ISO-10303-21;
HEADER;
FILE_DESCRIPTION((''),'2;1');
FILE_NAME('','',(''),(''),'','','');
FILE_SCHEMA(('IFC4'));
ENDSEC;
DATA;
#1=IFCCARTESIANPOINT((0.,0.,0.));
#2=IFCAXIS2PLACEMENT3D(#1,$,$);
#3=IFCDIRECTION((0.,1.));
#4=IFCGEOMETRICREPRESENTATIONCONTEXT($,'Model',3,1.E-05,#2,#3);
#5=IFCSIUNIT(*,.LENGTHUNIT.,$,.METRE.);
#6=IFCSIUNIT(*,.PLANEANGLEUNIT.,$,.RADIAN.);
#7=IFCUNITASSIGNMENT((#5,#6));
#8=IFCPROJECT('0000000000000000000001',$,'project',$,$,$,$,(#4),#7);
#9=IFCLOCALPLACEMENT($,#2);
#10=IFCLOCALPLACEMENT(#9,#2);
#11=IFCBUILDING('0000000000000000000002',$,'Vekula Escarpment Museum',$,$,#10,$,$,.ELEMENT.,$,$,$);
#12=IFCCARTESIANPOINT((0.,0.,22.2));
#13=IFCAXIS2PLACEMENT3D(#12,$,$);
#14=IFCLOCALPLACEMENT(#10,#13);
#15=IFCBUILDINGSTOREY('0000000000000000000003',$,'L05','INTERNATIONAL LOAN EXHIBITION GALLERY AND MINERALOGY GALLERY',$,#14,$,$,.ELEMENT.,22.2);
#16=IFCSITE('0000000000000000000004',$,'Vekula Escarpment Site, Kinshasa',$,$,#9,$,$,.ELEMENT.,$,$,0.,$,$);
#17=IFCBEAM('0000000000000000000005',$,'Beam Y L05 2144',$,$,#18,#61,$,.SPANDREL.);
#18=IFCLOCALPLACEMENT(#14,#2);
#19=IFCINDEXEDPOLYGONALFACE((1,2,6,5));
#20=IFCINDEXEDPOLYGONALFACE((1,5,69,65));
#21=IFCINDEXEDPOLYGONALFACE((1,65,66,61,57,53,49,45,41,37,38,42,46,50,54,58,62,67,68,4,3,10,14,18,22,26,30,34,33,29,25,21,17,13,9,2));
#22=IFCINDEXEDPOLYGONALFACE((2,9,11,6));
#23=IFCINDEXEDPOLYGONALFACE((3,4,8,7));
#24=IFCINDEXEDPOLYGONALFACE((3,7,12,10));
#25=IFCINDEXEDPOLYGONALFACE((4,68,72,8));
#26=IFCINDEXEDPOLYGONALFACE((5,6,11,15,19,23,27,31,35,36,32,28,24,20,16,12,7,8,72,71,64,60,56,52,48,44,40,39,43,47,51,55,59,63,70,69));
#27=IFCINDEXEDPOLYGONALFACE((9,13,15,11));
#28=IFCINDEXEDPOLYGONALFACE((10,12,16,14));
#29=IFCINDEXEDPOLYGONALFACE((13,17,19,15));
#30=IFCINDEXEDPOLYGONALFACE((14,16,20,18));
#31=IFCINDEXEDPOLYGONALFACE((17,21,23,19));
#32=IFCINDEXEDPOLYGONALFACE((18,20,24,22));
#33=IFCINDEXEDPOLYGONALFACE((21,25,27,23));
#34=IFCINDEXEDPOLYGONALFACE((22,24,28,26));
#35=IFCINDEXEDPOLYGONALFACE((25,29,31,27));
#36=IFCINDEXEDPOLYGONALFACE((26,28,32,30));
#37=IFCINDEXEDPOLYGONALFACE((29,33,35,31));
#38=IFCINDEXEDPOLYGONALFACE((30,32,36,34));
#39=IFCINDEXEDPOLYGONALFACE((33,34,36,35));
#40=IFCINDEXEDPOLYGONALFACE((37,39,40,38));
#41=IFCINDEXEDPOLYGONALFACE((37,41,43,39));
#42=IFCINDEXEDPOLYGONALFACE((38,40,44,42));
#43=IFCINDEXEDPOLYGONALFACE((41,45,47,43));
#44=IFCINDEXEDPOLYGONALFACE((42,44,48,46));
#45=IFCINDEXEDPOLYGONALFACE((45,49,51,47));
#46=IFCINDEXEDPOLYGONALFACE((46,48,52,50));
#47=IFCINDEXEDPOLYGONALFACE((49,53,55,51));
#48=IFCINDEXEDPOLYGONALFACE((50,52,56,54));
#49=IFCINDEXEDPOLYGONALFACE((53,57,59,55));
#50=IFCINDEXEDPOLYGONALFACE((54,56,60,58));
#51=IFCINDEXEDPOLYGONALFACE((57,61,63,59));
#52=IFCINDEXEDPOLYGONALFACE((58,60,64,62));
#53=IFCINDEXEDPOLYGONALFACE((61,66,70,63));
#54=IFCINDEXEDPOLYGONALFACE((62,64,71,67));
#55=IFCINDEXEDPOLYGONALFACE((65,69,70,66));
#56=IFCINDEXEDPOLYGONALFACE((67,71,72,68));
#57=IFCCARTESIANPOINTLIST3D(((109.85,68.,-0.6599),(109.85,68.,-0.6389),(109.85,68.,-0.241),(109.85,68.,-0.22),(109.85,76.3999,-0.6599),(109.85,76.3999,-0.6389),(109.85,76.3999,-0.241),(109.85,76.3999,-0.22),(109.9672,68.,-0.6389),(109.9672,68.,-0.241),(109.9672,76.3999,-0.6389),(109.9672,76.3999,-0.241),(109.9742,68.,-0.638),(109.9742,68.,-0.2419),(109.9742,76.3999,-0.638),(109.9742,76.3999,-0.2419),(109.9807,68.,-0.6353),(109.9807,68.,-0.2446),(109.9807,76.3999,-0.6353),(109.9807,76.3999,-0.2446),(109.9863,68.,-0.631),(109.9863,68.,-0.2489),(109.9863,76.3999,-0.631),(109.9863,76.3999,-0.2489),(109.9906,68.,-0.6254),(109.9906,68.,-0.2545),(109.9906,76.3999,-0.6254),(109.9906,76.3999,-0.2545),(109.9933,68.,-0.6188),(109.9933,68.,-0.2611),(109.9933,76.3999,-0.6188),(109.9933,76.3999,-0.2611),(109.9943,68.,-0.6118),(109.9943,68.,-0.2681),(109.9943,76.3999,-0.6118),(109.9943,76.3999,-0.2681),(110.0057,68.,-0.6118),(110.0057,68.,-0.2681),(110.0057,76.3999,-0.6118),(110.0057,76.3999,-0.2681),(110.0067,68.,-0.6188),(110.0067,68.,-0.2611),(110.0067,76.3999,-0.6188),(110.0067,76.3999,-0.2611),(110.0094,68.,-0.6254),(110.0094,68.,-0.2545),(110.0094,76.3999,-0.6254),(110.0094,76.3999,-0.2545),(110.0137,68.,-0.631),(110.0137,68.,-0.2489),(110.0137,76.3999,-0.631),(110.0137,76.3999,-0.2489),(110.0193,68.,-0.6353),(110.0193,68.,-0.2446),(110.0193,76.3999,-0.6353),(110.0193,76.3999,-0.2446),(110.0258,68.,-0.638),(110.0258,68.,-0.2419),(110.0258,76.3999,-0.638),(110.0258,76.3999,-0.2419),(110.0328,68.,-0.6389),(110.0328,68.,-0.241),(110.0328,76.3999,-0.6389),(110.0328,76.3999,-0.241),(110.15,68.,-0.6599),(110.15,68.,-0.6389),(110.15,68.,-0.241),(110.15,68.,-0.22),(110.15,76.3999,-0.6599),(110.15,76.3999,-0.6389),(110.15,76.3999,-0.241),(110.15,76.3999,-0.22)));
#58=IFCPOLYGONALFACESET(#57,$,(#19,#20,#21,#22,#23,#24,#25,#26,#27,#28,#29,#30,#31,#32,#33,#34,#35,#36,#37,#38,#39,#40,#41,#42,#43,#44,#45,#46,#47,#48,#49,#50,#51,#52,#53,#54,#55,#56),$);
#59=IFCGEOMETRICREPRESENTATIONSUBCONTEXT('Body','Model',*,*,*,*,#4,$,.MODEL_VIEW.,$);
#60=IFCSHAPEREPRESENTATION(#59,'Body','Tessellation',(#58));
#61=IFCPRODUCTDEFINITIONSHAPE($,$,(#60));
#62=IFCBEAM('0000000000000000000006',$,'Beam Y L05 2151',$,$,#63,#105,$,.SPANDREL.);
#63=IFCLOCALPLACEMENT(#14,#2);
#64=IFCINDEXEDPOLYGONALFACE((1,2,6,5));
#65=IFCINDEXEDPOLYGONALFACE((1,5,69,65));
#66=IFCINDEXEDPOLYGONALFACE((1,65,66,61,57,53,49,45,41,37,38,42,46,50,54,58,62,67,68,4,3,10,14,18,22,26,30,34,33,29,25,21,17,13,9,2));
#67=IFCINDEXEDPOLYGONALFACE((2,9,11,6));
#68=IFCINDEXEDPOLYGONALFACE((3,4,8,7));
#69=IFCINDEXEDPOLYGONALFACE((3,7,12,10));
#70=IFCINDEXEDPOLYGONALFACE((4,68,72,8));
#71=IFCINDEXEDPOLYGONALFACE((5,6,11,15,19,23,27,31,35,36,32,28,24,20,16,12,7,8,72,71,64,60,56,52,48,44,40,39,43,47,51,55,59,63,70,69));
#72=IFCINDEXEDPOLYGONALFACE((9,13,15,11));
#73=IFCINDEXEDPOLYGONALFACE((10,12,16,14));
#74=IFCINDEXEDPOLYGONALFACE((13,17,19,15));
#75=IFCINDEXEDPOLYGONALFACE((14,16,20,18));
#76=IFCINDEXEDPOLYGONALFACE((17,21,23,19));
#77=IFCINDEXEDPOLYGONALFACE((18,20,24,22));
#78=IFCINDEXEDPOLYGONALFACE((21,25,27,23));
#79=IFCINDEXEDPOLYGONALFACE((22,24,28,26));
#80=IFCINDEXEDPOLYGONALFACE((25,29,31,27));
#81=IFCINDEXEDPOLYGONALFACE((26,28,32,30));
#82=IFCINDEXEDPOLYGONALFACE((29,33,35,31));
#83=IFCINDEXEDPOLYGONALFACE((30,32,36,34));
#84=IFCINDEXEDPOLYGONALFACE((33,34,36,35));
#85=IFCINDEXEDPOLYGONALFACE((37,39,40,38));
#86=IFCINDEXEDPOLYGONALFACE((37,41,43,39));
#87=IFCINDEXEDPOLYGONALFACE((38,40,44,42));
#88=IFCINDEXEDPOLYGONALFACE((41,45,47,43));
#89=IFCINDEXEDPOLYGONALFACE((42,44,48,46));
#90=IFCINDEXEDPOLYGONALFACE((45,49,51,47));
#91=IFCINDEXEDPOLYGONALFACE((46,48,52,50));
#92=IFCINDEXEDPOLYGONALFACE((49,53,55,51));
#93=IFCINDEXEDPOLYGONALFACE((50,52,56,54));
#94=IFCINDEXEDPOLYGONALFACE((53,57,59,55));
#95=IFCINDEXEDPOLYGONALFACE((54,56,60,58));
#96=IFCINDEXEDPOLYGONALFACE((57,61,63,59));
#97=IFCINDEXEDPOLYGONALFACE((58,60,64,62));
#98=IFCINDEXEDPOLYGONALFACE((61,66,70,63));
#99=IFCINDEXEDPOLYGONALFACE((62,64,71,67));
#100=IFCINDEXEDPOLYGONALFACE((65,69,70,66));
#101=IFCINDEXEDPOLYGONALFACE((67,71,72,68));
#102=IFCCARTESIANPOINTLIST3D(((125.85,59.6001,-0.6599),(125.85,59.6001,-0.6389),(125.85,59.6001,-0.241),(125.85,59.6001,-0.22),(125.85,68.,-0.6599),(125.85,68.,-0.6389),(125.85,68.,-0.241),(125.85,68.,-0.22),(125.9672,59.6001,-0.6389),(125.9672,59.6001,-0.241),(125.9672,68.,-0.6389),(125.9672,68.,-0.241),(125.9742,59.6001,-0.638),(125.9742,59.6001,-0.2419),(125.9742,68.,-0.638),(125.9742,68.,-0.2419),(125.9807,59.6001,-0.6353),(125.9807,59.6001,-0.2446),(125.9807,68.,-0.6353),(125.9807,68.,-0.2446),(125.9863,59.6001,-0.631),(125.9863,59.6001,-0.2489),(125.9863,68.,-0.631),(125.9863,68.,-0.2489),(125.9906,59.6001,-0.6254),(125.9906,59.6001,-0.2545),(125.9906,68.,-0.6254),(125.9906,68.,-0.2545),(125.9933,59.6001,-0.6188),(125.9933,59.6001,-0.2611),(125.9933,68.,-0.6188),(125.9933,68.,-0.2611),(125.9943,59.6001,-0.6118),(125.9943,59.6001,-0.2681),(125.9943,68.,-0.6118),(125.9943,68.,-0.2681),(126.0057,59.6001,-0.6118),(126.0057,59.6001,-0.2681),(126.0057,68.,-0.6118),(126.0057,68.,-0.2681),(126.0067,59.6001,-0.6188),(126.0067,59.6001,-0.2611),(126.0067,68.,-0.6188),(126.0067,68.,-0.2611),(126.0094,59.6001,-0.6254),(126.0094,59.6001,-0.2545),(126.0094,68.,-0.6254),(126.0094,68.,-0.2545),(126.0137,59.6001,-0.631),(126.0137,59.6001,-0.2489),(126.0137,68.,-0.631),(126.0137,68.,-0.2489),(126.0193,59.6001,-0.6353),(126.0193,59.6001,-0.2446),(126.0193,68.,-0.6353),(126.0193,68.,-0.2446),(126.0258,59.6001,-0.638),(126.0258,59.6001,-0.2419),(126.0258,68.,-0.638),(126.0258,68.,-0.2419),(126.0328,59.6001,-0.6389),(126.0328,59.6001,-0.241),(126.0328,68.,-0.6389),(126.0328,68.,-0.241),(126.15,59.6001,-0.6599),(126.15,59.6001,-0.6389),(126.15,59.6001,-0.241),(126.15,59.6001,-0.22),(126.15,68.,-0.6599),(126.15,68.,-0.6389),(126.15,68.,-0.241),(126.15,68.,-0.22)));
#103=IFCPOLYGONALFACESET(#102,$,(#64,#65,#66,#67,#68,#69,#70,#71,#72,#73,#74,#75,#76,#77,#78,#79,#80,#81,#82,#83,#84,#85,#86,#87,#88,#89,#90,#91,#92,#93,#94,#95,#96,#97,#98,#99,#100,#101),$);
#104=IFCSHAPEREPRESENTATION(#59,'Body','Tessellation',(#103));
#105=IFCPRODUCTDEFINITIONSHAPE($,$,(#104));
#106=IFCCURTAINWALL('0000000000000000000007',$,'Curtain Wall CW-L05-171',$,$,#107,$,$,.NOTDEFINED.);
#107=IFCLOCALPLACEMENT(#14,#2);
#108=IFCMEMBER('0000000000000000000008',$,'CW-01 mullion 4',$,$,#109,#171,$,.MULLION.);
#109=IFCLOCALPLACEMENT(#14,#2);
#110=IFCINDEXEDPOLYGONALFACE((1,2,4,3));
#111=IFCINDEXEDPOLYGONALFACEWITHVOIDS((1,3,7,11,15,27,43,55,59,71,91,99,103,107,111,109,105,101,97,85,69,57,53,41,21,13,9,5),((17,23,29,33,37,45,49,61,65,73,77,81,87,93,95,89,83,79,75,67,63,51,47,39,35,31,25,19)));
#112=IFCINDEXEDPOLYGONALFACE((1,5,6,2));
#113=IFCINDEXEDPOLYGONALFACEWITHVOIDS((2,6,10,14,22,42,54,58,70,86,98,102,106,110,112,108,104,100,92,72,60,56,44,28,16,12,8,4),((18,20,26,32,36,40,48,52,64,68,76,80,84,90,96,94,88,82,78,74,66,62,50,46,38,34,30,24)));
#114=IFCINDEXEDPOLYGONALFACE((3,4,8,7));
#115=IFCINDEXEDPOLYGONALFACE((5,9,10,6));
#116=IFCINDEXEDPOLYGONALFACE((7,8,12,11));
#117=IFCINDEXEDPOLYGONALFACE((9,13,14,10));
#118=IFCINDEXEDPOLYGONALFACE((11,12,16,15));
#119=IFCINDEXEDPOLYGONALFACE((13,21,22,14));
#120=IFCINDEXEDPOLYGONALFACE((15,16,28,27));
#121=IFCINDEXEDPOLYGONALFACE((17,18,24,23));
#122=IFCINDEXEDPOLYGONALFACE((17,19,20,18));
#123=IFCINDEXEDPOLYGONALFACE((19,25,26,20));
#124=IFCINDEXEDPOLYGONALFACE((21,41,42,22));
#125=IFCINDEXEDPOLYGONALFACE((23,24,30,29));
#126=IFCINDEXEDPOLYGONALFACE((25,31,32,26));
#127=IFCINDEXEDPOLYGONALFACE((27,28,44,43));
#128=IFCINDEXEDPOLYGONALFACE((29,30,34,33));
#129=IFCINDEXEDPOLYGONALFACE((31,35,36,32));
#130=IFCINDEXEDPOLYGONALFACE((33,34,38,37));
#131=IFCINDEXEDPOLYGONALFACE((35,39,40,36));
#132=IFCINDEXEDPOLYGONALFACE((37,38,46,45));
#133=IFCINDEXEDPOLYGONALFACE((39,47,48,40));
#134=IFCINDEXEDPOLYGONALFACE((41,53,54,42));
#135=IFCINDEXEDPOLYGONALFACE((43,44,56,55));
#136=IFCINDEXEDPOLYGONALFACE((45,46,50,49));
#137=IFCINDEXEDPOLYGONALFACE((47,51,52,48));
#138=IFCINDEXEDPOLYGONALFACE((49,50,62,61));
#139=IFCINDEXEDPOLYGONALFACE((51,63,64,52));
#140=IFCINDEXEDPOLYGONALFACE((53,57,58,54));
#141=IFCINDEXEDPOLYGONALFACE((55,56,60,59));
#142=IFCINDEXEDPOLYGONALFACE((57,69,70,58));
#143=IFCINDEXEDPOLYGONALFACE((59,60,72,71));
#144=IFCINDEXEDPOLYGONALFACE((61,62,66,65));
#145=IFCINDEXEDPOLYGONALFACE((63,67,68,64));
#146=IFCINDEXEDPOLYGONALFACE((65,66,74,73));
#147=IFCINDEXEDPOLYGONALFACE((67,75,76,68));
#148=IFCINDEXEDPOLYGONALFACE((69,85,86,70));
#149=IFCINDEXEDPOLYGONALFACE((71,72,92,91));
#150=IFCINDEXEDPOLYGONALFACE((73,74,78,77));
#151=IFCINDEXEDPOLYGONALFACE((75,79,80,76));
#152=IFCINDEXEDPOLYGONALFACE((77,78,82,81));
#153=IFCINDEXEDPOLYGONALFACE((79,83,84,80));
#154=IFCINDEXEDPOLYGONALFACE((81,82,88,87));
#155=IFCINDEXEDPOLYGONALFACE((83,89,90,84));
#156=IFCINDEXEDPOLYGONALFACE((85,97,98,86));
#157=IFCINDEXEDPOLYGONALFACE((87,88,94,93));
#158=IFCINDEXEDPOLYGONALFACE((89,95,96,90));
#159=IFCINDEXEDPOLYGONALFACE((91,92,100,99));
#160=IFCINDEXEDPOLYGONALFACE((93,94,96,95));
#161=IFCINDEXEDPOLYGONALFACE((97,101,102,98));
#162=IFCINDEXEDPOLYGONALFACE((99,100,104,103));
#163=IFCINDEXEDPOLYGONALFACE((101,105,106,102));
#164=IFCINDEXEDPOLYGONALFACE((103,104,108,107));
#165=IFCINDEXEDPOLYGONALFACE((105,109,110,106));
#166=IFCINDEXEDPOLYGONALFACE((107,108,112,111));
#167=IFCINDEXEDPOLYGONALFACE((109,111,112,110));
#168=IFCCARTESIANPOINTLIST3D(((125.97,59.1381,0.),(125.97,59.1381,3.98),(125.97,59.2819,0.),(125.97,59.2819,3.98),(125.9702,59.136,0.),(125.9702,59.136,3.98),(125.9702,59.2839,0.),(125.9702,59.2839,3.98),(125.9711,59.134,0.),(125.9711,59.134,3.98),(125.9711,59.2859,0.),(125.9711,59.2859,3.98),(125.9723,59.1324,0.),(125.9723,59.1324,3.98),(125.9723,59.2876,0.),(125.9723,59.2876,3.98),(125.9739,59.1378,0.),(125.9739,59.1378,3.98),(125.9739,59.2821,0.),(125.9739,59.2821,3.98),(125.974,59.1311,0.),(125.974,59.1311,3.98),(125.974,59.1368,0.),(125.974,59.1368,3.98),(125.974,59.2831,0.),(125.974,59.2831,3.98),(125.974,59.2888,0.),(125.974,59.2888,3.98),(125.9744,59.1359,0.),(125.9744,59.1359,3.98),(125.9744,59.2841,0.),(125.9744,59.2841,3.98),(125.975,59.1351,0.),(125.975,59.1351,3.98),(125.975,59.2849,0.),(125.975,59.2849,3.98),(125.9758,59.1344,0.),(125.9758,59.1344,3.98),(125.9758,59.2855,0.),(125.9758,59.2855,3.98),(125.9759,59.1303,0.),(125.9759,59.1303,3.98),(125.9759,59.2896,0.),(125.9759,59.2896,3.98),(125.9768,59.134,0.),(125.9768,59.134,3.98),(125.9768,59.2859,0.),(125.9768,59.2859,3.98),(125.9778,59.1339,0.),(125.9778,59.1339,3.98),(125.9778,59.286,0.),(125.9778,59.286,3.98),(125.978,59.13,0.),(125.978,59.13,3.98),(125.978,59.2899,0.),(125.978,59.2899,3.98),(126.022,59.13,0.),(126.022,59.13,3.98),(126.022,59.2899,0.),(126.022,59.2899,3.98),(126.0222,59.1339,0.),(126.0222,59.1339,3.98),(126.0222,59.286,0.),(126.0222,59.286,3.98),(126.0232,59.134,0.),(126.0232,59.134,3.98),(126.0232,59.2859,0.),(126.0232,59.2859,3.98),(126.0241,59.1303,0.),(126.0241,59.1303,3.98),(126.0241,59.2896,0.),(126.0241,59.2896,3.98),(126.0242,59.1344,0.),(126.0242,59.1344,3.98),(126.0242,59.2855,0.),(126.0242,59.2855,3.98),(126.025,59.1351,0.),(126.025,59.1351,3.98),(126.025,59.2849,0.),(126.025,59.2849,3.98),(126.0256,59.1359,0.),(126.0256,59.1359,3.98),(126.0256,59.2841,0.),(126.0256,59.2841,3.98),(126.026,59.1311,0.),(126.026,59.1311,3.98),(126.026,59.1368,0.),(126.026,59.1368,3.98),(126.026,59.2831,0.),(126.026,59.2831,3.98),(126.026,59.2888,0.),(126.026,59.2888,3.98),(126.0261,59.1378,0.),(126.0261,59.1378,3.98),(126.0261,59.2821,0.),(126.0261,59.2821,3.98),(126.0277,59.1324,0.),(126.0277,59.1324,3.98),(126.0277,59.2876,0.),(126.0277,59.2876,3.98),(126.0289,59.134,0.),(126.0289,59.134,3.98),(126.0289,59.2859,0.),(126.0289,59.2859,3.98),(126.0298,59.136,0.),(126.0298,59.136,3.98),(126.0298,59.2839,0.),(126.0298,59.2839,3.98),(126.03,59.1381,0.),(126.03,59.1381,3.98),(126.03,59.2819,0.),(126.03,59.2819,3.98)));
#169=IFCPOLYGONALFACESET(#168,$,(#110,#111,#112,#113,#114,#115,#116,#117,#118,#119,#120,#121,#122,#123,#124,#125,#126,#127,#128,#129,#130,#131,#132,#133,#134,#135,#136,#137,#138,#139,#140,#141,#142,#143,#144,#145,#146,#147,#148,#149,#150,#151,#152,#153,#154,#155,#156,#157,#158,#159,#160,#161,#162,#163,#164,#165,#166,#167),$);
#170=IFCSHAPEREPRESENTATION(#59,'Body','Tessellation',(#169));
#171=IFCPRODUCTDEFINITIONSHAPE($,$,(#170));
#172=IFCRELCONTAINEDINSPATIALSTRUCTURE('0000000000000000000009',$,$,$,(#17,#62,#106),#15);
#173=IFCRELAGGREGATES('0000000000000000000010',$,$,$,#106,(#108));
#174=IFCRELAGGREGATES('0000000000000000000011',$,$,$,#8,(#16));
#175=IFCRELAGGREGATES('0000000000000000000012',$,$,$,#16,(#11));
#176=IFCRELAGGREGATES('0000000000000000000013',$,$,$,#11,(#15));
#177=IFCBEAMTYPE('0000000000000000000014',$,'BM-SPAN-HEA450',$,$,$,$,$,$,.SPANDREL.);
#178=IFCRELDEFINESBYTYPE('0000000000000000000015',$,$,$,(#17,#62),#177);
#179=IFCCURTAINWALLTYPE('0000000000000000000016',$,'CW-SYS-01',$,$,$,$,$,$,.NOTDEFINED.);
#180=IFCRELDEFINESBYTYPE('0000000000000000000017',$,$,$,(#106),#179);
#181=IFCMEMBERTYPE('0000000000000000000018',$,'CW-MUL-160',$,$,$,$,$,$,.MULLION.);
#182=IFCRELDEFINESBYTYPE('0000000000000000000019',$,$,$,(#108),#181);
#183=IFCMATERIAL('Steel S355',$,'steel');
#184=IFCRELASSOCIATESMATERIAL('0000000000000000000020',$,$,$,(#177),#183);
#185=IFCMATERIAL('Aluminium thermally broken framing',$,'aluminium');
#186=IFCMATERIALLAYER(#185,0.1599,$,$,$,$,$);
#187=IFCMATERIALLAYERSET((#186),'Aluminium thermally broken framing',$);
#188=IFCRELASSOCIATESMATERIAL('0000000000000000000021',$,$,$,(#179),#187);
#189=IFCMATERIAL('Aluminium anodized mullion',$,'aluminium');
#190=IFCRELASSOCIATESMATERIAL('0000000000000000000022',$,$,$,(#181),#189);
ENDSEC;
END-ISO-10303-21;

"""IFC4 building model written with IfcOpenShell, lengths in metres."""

from ifc_helpers import new_model, si_unit, direction, frame, origin, origin_2d, place, context, subcontext, project, spatial, hollow_rectangle, i_section, extrude, material, layer, layer_set, material_profile, profile_set, type_object, element, aggregate, save


model = new_model("IFC4")

# Units and contexts
model_context = context("Model", 3, precision=1e-05, world=origin(), true_north=direction((0.0, 1.0)))
body_context = subcontext(model_context, "Body", "Model", "MODEL_VIEW")
ifc_project = project(units=[si_unit("LENGTHUNIT", "METRE"), si_unit("PLANEANGLEUNIT", "RADIAN")], contexts=[model_context])

# Site, building, storey
site_placement = place(None, origin())
site = spatial("IfcSite", under=ifc_project, at=site_placement, Name="Vekula Escarpment Site, Kinshasa", CompositionType="ELEMENT", RefElevation=0.0)
building_placement = place(site_placement, origin())
building = spatial("IfcBuilding", under=site, at=building_placement, Name="Vekula Escarpment Museum", CompositionType="ELEMENT")
storey_placement = place(building_placement, frame((0.0, 0.0, 22.2)))
storey = spatial("IfcBuildingStorey", under=building, at=storey_placement, Name="L05", Description="INTERNATIONAL LOAN EXHIBITION GALLERY AND MINERALOGY GALLERY", CompositionType="ELEMENT", Elevation=22.2)

# Beams
ifc_material_1 = material(Name="Steel S355", Category="steel")
ifc_material_profile_1 = material_profile(ifc_material_1, i_section(OverallWidth=0.3, OverallDepth=0.4399, WebThickness=0.0115, FlangeThickness=0.021, FilletRadius=0.0271, at=origin_2d()), Name="HEA 450")
ifc_profile_set_1 = profile_set([ifc_material_profile_1], Name="Steel S355")
beam_type_1 = type_object("IfcBeamType", Name="BM-SPAN-HEA450", PredefinedType="SPANDREL", material=ifc_profile_set_1)
for number, where, z_axis, x_axis, name in (
    (1, (110.0, 68.0, -0.4399), (0.0, 1.0, 0.0), (-1.0, 0.0, 0.0), "Beam Y L05 2144"),
    (2, (126.0, 59.6001, -0.4399), (0.0, 1.0, 0.0), (-1.0, 0.0, 0.0), "Beam Y L05 2151"),
):
    element("IfcBeam", number, at=place(storey_placement, frame(where, z_axis=z_axis, x_axis=x_axis)), inside=storey, type_object=beam_type_1, Name=name, PredefinedType="SPANDREL", context=body_context, shape_type="SweptSolid", body=[
        extrude(i_section(OverallWidth=0.3, OverallDepth=0.4399, WebThickness=0.0115, FlangeThickness=0.021, FilletRadius=0.0271, at=origin_2d()), origin(), (0.0, 0.0, 1.0), 8.3999),
    ])

# Curtain wall, member
ifc_material_2 = material(Name="Aluminium thermally broken framing", Category="aluminium")
ifc_layer_1 = layer(ifc_material_2, 0.1599)
ifc_layer_set_1 = layer_set([ifc_layer_1], Name="Aluminium thermally broken framing")
curtain_wall_type_1 = type_object("IfcCurtainWallType", Name="CW-SYS-01", PredefinedType="NOTDEFINED", material=ifc_layer_set_1)
curtain_wall_1_placement = place(storey_placement, origin())
curtain_wall_1 = element("IfcCurtainWall", 3, at=curtain_wall_1_placement, inside=storey, type_object=curtain_wall_type_1, Name="Curtain Wall CW-L05-171", PredefinedType="NOTDEFINED")
ifc_material_3 = material(Name="Aluminium anodized mullion", Category="aluminium")
ifc_material_profile_2 = material_profile(ifc_material_3, hollow_rectangle(XDim=0.0601, YDim=0.1599, WallThickness=0.0039, InnerFilletRadius=0.0039, OuterFilletRadius=0.0081, at=origin_2d()), Name="ALU 160x60x4")
ifc_profile_set_2 = profile_set([ifc_material_profile_2], Name="Aluminium anodized mullion")
member_type = type_object("IfcMemberType", Name="CW-MUL-160", PredefinedType="MULLION", material=ifc_profile_set_2)
member_1_placement = place(storey_placement, frame((126.0, 59.21, 0.0), z_axis=(0.0, 0.0, 1.0), x_axis=(-1.0, 0.0, 0.0)))
member_1 = element("IfcMember", 4, at=member_1_placement, type_object=member_type, Name="CW-01 mullion 4", PredefinedType="MULLION", context=body_context, shape_type="SweptSolid", body=[
    extrude(hollow_rectangle(XDim=0.0601, YDim=0.1599, WallThickness=0.0039, InnerFilletRadius=0.0039, OuterFilletRadius=0.0081, at=origin_2d()), origin(), (0.0, 0.0, 1.0), 3.98),
])
aggregate(curtain_wall_1, [member_1])

save(model, "model.ifc")
